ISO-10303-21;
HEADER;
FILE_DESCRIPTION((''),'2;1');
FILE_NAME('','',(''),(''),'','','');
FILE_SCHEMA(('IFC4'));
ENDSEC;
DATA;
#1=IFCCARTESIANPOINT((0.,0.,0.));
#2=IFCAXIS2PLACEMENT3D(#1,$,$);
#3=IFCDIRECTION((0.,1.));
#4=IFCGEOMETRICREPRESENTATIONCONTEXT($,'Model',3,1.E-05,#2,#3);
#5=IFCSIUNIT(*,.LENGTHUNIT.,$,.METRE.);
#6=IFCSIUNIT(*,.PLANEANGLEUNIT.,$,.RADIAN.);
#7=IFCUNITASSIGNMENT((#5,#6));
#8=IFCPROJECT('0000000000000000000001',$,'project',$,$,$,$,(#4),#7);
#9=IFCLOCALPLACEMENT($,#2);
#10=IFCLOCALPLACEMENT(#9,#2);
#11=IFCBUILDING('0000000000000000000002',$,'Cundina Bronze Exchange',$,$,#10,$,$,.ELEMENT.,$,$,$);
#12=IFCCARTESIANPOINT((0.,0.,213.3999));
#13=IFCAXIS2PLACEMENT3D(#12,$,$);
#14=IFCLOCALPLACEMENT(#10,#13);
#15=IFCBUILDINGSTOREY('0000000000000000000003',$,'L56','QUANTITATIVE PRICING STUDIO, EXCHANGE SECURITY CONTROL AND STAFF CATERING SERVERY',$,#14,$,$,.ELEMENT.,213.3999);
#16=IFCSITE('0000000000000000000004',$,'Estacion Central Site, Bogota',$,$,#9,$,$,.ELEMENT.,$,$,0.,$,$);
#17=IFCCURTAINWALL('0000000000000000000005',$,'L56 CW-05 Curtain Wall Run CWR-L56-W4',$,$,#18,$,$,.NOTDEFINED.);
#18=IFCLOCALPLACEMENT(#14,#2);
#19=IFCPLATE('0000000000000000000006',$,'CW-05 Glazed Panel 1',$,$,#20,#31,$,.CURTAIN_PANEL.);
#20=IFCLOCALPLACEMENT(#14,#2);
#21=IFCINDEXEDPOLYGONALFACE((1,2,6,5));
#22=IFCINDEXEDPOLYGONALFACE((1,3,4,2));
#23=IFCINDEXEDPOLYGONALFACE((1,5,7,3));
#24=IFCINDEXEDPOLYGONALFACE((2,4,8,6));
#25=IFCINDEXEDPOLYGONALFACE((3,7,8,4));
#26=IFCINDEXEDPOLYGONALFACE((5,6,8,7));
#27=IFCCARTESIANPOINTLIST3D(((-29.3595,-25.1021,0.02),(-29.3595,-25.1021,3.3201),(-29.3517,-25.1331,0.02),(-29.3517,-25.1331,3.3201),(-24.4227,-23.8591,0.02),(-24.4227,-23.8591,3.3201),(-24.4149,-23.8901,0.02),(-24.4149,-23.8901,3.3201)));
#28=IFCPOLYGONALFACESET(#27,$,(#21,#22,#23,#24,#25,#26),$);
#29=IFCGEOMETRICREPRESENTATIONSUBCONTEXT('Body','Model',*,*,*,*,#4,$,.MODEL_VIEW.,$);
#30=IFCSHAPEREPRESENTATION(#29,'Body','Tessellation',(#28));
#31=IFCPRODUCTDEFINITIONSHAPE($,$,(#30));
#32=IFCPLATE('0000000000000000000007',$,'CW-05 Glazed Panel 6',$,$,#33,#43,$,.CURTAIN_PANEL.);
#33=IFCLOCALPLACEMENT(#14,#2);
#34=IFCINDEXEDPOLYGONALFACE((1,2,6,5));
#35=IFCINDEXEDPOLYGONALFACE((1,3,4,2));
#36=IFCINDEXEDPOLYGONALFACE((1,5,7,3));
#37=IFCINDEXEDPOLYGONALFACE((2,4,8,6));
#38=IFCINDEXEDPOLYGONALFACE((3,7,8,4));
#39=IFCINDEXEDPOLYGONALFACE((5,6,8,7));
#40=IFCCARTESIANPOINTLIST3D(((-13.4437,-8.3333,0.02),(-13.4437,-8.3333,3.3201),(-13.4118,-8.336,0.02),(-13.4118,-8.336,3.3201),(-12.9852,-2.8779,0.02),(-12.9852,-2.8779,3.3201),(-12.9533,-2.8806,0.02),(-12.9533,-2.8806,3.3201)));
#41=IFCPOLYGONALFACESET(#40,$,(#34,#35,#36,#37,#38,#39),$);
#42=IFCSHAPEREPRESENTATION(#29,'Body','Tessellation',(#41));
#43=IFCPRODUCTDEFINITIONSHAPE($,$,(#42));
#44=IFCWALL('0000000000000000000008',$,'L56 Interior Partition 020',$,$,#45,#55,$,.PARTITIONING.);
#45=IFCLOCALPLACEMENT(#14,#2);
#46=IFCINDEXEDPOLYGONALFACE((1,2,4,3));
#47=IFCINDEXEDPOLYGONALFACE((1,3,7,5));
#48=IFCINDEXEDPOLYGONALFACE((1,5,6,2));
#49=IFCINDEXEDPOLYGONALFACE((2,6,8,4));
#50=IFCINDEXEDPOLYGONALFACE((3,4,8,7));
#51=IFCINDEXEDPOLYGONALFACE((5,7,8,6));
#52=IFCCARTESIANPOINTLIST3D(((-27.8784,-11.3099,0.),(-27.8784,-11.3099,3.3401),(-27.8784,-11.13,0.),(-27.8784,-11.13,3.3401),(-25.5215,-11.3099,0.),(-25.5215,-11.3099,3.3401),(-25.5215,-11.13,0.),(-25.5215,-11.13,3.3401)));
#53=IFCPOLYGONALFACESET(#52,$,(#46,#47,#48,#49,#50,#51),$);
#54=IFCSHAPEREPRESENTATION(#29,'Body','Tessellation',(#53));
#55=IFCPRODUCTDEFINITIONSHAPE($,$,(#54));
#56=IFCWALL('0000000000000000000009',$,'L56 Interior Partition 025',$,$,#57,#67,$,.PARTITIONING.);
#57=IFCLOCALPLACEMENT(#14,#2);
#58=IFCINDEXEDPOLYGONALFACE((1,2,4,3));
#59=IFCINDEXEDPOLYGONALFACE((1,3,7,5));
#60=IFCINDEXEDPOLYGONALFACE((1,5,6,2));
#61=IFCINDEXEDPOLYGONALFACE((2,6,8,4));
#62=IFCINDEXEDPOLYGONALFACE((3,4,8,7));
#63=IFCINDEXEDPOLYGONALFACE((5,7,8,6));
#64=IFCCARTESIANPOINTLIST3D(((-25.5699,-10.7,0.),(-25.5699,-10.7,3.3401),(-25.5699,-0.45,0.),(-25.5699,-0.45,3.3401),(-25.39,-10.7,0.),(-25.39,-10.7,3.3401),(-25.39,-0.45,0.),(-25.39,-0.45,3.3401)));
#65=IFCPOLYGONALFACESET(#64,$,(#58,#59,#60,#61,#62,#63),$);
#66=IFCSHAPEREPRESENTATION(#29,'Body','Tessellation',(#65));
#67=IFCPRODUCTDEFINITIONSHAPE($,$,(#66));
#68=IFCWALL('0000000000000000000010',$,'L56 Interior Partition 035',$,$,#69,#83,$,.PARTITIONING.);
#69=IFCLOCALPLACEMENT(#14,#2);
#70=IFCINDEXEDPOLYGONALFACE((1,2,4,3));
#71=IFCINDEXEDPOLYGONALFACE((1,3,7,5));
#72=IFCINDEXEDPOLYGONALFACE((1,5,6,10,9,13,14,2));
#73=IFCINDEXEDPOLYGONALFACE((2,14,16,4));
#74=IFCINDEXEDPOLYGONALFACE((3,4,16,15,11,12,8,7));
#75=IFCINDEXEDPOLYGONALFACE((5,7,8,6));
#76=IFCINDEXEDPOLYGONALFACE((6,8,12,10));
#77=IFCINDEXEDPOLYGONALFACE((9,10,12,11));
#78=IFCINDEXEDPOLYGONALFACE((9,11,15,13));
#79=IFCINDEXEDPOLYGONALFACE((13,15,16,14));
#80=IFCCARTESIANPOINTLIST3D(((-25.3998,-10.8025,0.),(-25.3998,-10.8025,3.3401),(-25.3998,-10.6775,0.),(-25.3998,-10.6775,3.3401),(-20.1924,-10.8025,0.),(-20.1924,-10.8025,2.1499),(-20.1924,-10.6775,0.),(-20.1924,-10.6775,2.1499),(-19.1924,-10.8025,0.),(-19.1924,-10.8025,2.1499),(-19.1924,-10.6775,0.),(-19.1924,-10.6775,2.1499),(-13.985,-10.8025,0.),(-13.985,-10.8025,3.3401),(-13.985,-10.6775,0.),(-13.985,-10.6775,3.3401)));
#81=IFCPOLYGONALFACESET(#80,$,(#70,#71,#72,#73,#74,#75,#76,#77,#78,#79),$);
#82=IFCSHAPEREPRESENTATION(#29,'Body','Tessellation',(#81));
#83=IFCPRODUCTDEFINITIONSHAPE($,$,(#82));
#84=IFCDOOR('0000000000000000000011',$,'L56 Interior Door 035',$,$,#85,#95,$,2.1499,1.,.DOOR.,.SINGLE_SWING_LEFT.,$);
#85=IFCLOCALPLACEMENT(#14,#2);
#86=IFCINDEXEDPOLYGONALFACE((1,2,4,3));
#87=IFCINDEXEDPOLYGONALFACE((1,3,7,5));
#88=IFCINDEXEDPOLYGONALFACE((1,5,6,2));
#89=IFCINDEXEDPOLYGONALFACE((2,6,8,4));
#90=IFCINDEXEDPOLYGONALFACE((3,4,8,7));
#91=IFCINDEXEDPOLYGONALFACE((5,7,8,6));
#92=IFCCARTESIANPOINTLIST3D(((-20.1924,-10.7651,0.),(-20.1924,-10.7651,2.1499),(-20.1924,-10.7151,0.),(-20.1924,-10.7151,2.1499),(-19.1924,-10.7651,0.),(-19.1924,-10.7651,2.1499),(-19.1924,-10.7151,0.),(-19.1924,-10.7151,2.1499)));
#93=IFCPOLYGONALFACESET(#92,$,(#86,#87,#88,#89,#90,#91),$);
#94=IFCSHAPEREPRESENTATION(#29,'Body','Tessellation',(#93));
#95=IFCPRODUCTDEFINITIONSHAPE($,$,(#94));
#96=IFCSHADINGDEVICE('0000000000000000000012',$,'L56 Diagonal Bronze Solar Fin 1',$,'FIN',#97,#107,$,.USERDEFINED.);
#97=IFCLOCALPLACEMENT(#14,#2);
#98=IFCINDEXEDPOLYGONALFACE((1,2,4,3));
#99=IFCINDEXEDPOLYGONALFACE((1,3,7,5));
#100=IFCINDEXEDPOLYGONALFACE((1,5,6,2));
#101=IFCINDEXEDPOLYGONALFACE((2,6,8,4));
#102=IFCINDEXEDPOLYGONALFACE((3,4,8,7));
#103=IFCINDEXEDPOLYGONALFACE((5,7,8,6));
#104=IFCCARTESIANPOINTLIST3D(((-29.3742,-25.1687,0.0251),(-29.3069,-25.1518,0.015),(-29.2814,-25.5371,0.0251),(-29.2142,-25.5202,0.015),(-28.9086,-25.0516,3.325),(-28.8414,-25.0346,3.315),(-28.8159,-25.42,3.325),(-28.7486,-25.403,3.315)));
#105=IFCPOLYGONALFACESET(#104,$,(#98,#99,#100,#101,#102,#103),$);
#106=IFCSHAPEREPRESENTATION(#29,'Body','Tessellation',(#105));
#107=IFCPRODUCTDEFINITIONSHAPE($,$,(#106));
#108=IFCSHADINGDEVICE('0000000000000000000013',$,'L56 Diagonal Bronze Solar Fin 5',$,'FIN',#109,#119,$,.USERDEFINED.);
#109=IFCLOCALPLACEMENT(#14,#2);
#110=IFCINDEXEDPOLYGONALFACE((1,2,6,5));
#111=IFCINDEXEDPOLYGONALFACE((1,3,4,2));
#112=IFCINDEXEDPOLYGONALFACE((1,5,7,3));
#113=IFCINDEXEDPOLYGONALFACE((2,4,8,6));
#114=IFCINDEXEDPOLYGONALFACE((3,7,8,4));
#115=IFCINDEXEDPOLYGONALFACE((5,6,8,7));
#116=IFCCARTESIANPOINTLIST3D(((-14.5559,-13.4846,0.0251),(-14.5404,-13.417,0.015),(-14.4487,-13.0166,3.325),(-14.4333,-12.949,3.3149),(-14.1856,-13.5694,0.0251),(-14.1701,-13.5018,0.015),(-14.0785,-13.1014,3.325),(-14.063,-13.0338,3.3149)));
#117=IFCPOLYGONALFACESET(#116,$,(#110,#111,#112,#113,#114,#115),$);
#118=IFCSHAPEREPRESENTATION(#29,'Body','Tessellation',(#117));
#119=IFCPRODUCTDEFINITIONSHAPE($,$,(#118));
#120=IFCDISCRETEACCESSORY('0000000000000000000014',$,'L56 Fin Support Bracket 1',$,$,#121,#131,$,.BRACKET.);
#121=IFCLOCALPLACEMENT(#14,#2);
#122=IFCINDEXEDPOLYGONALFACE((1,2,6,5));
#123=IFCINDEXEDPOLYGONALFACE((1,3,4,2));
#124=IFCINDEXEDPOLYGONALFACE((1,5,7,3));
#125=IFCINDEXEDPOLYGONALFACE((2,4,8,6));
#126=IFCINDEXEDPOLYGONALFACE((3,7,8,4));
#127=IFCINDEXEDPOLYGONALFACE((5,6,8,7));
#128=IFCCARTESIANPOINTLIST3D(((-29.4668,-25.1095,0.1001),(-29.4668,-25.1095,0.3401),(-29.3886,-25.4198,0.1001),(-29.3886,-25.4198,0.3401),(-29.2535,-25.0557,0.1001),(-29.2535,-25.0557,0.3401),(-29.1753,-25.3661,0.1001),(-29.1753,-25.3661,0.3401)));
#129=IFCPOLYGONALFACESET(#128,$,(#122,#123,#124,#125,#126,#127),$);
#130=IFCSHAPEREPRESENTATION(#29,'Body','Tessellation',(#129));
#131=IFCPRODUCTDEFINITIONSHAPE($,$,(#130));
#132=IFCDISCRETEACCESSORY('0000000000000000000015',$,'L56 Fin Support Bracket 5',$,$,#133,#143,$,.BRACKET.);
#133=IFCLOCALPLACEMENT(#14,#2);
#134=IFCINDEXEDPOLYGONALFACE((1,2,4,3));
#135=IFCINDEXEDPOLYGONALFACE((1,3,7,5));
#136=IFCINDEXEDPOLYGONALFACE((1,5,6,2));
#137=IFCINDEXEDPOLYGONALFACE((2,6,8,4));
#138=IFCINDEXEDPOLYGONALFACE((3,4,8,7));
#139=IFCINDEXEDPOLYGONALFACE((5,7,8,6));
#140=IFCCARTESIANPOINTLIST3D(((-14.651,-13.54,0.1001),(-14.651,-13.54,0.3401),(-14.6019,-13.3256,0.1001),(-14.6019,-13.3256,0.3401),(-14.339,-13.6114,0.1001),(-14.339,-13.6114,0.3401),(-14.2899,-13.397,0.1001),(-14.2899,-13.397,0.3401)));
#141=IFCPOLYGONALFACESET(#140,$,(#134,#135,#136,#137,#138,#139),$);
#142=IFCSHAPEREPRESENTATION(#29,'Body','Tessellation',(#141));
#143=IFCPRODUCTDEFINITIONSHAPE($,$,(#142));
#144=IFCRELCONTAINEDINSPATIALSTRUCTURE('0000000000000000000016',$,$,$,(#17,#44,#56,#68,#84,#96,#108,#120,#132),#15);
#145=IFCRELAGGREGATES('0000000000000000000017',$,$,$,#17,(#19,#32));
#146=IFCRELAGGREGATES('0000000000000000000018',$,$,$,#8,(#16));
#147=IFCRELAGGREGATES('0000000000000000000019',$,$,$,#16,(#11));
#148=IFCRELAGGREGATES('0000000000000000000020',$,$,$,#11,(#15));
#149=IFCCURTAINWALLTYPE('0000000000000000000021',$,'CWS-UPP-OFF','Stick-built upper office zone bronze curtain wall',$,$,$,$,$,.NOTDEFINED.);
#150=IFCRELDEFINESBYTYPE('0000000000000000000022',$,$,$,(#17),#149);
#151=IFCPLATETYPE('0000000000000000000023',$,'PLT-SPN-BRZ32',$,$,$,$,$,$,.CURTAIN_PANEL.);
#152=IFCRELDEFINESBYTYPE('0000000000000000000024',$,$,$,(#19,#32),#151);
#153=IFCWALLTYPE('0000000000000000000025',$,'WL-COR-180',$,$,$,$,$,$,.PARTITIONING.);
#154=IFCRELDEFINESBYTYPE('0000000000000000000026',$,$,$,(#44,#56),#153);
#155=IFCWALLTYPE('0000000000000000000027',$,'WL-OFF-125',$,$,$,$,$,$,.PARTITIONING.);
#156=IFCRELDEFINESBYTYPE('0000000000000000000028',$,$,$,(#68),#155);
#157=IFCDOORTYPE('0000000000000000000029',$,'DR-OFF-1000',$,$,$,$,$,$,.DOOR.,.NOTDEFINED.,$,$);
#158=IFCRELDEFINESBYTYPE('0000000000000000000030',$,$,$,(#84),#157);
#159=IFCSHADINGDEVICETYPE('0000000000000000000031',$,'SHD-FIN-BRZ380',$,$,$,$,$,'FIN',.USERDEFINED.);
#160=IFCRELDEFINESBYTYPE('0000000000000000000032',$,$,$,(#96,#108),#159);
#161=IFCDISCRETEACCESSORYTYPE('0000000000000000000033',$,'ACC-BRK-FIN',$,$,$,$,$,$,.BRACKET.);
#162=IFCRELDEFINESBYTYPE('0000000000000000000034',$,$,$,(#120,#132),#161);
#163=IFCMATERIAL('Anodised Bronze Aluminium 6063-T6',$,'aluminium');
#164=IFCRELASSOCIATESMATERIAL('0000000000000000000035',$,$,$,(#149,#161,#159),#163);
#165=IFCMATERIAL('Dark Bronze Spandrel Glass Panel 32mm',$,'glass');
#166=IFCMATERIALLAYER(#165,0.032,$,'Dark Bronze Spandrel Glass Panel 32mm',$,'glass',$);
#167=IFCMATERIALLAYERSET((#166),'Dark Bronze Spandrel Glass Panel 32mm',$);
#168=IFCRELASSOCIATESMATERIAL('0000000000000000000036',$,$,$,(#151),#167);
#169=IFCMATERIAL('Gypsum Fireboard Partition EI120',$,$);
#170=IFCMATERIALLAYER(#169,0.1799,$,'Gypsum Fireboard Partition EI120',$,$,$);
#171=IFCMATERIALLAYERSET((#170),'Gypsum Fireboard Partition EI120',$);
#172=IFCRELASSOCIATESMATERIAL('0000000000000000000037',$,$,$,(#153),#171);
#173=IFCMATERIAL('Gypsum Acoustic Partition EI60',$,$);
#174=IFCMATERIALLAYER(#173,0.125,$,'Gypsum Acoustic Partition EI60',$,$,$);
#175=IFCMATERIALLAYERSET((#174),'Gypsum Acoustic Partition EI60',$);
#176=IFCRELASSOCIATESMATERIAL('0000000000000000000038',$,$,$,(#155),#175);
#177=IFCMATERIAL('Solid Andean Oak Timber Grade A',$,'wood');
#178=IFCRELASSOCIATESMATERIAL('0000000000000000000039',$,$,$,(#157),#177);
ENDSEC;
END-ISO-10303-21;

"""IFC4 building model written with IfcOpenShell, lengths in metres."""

from ifc_helpers import new_model, si_unit, direction, frame, frame_2d, origin, origin_2d, place, context, subcontext, project, spatial, rectangle, extrude, material, layer, layer_set, material_profile, profile_set, type_object, element, fill, aggregate, save


model = new_model("IFC4")

# Units and contexts
model_context = context("Model", 3, precision=1e-05, world=origin(), true_north=direction((0.0, 1.0)))
body_context = subcontext(model_context, "Body", "Model", "MODEL_VIEW")
ifc_project = project(units=[si_unit("LENGTHUNIT", "METRE"), si_unit("PLANEANGLEUNIT", "RADIAN")], contexts=[model_context])

# Site, building, storey
site_placement = place(None, origin())
site = spatial("IfcSite", under=ifc_project, at=site_placement, Name="Estacion Central Site, Bogota", CompositionType="ELEMENT", RefElevation=0.0)
building_placement = place(site_placement, origin())
building = spatial("IfcBuilding", under=site, at=building_placement, Name="Cundina Bronze Exchange", CompositionType="ELEMENT")
storey_placement = place(building_placement, frame((0.0, 0.0, 213.3999)))
storey = spatial("IfcBuildingStorey", under=building, at=storey_placement, Name="L56", Description="QUANTITATIVE PRICING STUDIO, EXCHANGE SECURITY CONTROL AND STAFF CATERING SERVERY", CompositionType="ELEMENT", Elevation=213.3999)

# Shared definitions
ifc_material_1 = material(Name="Anodised Bronze Aluminium 6063-T6", Category="aluminium")
curtain_wall_type = type_object("IfcCurtainWallType", Name="CWS-UPP-OFF", Description="Stick-built upper office zone bronze curtain wall", PredefinedType="NOTDEFINED", material=ifc_material_1)

# Curtain wall, plates
curtain_wall_1_placement = place(storey_placement, origin())
curtain_wall_1 = element("IfcCurtainWall", 1, at=curtain_wall_1_placement, inside=storey, type_object=curtain_wall_type, Name="L56 CW-05 Curtain Wall Run CWR-L56-W4", PredefinedType="NOTDEFINED")
ifc_material_2 = material(Name="Dark Bronze Spandrel Glass Panel 32mm", Category="glass")
ifc_layer_1 = layer(ifc_material_2, 0.032, Name="Dark Bronze Spandrel Glass Panel 32mm", Category="glass")
ifc_layer_set_1 = layer_set([ifc_layer_1], Name="Dark Bronze Spandrel Glass Panel 32mm")
plate_type_1 = type_object("IfcPlateType", Name="PLT-SPN-BRZ32", PredefinedType="CURTAIN_PANEL", material=ifc_layer_set_1)
plate_1_placement = place(storey_placement, frame((-26.8872, -24.4961, 0.02), z_axis=(0.0, 0.0, 1.0), x_axis=(0.969732, 0.244174, 0.0)))
plate_1 = element("IfcPlate", 2, at=plate_1_placement, type_object=plate_type_1, Name="CW-05 Glazed Panel 1", PredefinedType="CURTAIN_PANEL", context=body_context, shape_type="SweptSolid", body=[
    extrude(rectangle(XDim=5.0908, YDim=0.032, at=origin_2d()), origin(), (0.0, 0.0, 1.0), 3.3),
])
plate_2_placement = place(storey_placement, frame((-13.1985, -5.6069, 0.02), z_axis=(0.0, 0.0, 1.0), x_axis=(0.083747, 0.996487, 0.0)))
plate_2 = element("IfcPlate", 3, at=plate_2_placement, type_object=plate_type_1, Name="CW-05 Glazed Panel 6", PredefinedType="CURTAIN_PANEL", context=body_context, shape_type="SweptSolid", body=[
    extrude(rectangle(XDim=5.4746, YDim=0.032, at=origin_2d()), origin(), (0.0, 0.0, 1.0), 3.3),
])
aggregate(curtain_wall_1, [plate_1, plate_2])

# Walls
ifc_material_3 = material(Name="Gypsum Fireboard Partition EI120")
ifc_layer_2 = layer(ifc_material_3, 0.1799, Name="Gypsum Fireboard Partition EI120")
ifc_layer_set_2 = layer_set([ifc_layer_2], Name="Gypsum Fireboard Partition EI120")
wall_type_1 = type_object("IfcWallType", Name="WL-COR-180", PredefinedType="PARTITIONING", material=ifc_layer_set_2)
wall_1_placement = place(storey_placement, frame((-27.8784, -11.22, 0.0), z_axis=(0.0, 0.0, 1.0), x_axis=(1.0, 0.0, 0.0)))
element("IfcWall", 4, at=wall_1_placement, inside=storey, type_object=wall_type_1, Name="L56 Interior Partition 020", PredefinedType="PARTITIONING", context=body_context, shape_type="SweptSolid", body=[
    extrude(rectangle(XDim=2.3569, YDim=0.1799, at=frame_2d((1.1785, 0.0))), origin(), (0.0, 0.0, 1.0), 3.3401),
])
wall_2_placement = place(storey_placement, frame((-25.48, -10.7, 0.0), z_axis=(0.0, 0.0, 1.0), x_axis=(0.0, 1.0, 0.0)))
element("IfcWall", 5, at=wall_2_placement, inside=storey, type_object=wall_type_1, Name="L56 Interior Partition 025", PredefinedType="PARTITIONING", context=body_context, shape_type="SweptSolid", body=[
    extrude(rectangle(XDim=10.25, YDim=0.1799, at=frame_2d((5.125, 0.0))), origin(), (0.0, 0.0, 1.0), 3.3401),
])

# Wall, opening, door
ifc_material_4 = material(Name="Gypsum Acoustic Partition EI60")
ifc_layer_3 = layer(ifc_material_4, 0.125, Name="Gypsum Acoustic Partition EI60")
ifc_layer_set_3 = layer_set([ifc_layer_3], Name="Gypsum Acoustic Partition EI60")
wall_type_2 = type_object("IfcWallType", Name="WL-OFF-125", PredefinedType="PARTITIONING", material=ifc_layer_set_3)
wall_3_placement = place(storey_placement, frame((-25.3999, -10.74, 0.0), z_axis=(0.0, 0.0, 1.0), x_axis=(1.0, 0.0, 0.0)))
wall_3 = element("IfcWall", 6, at=wall_3_placement, inside=storey, type_object=wall_type_2, Name="L56 Interior Partition 035", PredefinedType="PARTITIONING", context=body_context, shape_type="SweptSolid", body=[
    extrude(rectangle(XDim=11.4148, YDim=0.125, at=frame_2d((5.7075, 0.0))), origin(), (0.0, 0.0, 1.0), 3.3401),
])
opening_placement = place(wall_3_placement, frame((5.2075, 0.0, 0.0)))
opening = element("IfcOpeningElement", 7, at=opening_placement, cuts=wall_3, PredefinedType="OPENING", context=body_context, shape_type="SweptSolid", body=[
    extrude(rectangle(XDim=1.0, YDim=2.1499, at=frame_2d((0.5, 1.075))), frame((0.0, 0.0725, 0.0), z_axis=(0.0, -1.0, 0.0), x_axis=(1.0, 0.0, 0.0)), (0.0, 0.0, 1.0), 0.145),
])
ifc_material_5 = material(Name="Solid Andean Oak Timber Grade A", Category="wood")
door_type = type_object("IfcDoorType", Name="DR-OFF-1000", OperationType="NOTDEFINED", PredefinedType="DOOR", material=ifc_material_5)
door_placement = place(opening_placement, origin())
door = element("IfcDoor", 8, at=door_placement, inside=storey, type_object=door_type, Name="L56 Interior Door 035", OperationType="SINGLE_SWING_LEFT", OverallHeight=2.1499, OverallWidth=1.0, PredefinedType="DOOR", context=body_context, shape_type="SweptSolid", body=[
    extrude(rectangle(XDim=1.0, YDim=2.1499, at=frame_2d((0.5, 1.075))), frame((0.0, 0.0249, 0.0), z_axis=(0.0, -1.0, 0.0), x_axis=(1.0, 0.0, 0.0)), (0.0, 0.0, 1.0), 0.05),
])
fill(opening, door)

# Shading devices
ifc_material_profile_1 = material_profile(ifc_material_1, rectangle(XDim=0.0701, YDim=0.3799, at=origin_2d()), Name="FIN70X380", Category="aluminium")
ifc_profile_set_1 = profile_set([ifc_material_profile_1], Name="Anodised Bronze Aluminium 6063-T6")
shading_device_type = type_object("IfcShadingDeviceType", Name="SHD-FIN-BRZ380", ElementType="FIN", PredefinedType="USERDEFINED", material=ifc_profile_set_1)
for number, where, z_axis, x_axis, name in (
    (9, (-29.2942, -25.3445, 0.02), (0.139612, 0.035141, 0.989583), (-0.95965, -0.241548, 0.143967), "L56 Diagonal Bronze Solar Fin 1"),
    (10, (-14.363, -13.4932, 0.02), (0.032139, 0.140344, 0.989581), (-0.220899, -0.964611, 0.143977), "L56 Diagonal Bronze Solar Fin 5"),
):
    element("IfcShadingDevice", number, at=place(storey_placement, frame(where, z_axis=z_axis, x_axis=x_axis)), inside=storey, type_object=shading_device_type, Name=name, ObjectType="FIN", PredefinedType="USERDEFINED", context=body_context, shape_type="SweptSolid", body=[
        extrude(rectangle(XDim=0.0701, YDim=0.3799, at=origin_2d()), origin(), (0.0, 0.0, 1.0), 3.3347),
    ])

# Discrete accessories
discrete_accessory_type = type_object("IfcDiscreteAccessoryType", Name="ACC-BRK-FIN", PredefinedType="BRACKET", material=ifc_material_1)
for number, where, z_axis, x_axis, name in (
    (11, (-29.321, -25.2378, 0.1001), (0.0, 0.0, 1.0), (0.969732, 0.244174, 0.0), "L56 Fin Support Bracket 1"),
    (12, (-14.4705, -13.4685, 0.1001), (0.0, 0.0, 1.0), (0.223284, 0.974753, 0.0), "L56 Fin Support Bracket 5"),
):
    element("IfcDiscreteAccessory", number, at=place(storey_placement, frame(where, z_axis=z_axis, x_axis=x_axis)), inside=storey, type_object=discrete_accessory_type, Name=name, PredefinedType="BRACKET", context=body_context, shape_type="SweptSolid", body=[
        extrude(rectangle(XDim=0.22, YDim=0.3201, at=origin_2d()), origin(), (0.0, 0.0, 1.0), 0.24),
    ])

save(model, "model.ifc")
